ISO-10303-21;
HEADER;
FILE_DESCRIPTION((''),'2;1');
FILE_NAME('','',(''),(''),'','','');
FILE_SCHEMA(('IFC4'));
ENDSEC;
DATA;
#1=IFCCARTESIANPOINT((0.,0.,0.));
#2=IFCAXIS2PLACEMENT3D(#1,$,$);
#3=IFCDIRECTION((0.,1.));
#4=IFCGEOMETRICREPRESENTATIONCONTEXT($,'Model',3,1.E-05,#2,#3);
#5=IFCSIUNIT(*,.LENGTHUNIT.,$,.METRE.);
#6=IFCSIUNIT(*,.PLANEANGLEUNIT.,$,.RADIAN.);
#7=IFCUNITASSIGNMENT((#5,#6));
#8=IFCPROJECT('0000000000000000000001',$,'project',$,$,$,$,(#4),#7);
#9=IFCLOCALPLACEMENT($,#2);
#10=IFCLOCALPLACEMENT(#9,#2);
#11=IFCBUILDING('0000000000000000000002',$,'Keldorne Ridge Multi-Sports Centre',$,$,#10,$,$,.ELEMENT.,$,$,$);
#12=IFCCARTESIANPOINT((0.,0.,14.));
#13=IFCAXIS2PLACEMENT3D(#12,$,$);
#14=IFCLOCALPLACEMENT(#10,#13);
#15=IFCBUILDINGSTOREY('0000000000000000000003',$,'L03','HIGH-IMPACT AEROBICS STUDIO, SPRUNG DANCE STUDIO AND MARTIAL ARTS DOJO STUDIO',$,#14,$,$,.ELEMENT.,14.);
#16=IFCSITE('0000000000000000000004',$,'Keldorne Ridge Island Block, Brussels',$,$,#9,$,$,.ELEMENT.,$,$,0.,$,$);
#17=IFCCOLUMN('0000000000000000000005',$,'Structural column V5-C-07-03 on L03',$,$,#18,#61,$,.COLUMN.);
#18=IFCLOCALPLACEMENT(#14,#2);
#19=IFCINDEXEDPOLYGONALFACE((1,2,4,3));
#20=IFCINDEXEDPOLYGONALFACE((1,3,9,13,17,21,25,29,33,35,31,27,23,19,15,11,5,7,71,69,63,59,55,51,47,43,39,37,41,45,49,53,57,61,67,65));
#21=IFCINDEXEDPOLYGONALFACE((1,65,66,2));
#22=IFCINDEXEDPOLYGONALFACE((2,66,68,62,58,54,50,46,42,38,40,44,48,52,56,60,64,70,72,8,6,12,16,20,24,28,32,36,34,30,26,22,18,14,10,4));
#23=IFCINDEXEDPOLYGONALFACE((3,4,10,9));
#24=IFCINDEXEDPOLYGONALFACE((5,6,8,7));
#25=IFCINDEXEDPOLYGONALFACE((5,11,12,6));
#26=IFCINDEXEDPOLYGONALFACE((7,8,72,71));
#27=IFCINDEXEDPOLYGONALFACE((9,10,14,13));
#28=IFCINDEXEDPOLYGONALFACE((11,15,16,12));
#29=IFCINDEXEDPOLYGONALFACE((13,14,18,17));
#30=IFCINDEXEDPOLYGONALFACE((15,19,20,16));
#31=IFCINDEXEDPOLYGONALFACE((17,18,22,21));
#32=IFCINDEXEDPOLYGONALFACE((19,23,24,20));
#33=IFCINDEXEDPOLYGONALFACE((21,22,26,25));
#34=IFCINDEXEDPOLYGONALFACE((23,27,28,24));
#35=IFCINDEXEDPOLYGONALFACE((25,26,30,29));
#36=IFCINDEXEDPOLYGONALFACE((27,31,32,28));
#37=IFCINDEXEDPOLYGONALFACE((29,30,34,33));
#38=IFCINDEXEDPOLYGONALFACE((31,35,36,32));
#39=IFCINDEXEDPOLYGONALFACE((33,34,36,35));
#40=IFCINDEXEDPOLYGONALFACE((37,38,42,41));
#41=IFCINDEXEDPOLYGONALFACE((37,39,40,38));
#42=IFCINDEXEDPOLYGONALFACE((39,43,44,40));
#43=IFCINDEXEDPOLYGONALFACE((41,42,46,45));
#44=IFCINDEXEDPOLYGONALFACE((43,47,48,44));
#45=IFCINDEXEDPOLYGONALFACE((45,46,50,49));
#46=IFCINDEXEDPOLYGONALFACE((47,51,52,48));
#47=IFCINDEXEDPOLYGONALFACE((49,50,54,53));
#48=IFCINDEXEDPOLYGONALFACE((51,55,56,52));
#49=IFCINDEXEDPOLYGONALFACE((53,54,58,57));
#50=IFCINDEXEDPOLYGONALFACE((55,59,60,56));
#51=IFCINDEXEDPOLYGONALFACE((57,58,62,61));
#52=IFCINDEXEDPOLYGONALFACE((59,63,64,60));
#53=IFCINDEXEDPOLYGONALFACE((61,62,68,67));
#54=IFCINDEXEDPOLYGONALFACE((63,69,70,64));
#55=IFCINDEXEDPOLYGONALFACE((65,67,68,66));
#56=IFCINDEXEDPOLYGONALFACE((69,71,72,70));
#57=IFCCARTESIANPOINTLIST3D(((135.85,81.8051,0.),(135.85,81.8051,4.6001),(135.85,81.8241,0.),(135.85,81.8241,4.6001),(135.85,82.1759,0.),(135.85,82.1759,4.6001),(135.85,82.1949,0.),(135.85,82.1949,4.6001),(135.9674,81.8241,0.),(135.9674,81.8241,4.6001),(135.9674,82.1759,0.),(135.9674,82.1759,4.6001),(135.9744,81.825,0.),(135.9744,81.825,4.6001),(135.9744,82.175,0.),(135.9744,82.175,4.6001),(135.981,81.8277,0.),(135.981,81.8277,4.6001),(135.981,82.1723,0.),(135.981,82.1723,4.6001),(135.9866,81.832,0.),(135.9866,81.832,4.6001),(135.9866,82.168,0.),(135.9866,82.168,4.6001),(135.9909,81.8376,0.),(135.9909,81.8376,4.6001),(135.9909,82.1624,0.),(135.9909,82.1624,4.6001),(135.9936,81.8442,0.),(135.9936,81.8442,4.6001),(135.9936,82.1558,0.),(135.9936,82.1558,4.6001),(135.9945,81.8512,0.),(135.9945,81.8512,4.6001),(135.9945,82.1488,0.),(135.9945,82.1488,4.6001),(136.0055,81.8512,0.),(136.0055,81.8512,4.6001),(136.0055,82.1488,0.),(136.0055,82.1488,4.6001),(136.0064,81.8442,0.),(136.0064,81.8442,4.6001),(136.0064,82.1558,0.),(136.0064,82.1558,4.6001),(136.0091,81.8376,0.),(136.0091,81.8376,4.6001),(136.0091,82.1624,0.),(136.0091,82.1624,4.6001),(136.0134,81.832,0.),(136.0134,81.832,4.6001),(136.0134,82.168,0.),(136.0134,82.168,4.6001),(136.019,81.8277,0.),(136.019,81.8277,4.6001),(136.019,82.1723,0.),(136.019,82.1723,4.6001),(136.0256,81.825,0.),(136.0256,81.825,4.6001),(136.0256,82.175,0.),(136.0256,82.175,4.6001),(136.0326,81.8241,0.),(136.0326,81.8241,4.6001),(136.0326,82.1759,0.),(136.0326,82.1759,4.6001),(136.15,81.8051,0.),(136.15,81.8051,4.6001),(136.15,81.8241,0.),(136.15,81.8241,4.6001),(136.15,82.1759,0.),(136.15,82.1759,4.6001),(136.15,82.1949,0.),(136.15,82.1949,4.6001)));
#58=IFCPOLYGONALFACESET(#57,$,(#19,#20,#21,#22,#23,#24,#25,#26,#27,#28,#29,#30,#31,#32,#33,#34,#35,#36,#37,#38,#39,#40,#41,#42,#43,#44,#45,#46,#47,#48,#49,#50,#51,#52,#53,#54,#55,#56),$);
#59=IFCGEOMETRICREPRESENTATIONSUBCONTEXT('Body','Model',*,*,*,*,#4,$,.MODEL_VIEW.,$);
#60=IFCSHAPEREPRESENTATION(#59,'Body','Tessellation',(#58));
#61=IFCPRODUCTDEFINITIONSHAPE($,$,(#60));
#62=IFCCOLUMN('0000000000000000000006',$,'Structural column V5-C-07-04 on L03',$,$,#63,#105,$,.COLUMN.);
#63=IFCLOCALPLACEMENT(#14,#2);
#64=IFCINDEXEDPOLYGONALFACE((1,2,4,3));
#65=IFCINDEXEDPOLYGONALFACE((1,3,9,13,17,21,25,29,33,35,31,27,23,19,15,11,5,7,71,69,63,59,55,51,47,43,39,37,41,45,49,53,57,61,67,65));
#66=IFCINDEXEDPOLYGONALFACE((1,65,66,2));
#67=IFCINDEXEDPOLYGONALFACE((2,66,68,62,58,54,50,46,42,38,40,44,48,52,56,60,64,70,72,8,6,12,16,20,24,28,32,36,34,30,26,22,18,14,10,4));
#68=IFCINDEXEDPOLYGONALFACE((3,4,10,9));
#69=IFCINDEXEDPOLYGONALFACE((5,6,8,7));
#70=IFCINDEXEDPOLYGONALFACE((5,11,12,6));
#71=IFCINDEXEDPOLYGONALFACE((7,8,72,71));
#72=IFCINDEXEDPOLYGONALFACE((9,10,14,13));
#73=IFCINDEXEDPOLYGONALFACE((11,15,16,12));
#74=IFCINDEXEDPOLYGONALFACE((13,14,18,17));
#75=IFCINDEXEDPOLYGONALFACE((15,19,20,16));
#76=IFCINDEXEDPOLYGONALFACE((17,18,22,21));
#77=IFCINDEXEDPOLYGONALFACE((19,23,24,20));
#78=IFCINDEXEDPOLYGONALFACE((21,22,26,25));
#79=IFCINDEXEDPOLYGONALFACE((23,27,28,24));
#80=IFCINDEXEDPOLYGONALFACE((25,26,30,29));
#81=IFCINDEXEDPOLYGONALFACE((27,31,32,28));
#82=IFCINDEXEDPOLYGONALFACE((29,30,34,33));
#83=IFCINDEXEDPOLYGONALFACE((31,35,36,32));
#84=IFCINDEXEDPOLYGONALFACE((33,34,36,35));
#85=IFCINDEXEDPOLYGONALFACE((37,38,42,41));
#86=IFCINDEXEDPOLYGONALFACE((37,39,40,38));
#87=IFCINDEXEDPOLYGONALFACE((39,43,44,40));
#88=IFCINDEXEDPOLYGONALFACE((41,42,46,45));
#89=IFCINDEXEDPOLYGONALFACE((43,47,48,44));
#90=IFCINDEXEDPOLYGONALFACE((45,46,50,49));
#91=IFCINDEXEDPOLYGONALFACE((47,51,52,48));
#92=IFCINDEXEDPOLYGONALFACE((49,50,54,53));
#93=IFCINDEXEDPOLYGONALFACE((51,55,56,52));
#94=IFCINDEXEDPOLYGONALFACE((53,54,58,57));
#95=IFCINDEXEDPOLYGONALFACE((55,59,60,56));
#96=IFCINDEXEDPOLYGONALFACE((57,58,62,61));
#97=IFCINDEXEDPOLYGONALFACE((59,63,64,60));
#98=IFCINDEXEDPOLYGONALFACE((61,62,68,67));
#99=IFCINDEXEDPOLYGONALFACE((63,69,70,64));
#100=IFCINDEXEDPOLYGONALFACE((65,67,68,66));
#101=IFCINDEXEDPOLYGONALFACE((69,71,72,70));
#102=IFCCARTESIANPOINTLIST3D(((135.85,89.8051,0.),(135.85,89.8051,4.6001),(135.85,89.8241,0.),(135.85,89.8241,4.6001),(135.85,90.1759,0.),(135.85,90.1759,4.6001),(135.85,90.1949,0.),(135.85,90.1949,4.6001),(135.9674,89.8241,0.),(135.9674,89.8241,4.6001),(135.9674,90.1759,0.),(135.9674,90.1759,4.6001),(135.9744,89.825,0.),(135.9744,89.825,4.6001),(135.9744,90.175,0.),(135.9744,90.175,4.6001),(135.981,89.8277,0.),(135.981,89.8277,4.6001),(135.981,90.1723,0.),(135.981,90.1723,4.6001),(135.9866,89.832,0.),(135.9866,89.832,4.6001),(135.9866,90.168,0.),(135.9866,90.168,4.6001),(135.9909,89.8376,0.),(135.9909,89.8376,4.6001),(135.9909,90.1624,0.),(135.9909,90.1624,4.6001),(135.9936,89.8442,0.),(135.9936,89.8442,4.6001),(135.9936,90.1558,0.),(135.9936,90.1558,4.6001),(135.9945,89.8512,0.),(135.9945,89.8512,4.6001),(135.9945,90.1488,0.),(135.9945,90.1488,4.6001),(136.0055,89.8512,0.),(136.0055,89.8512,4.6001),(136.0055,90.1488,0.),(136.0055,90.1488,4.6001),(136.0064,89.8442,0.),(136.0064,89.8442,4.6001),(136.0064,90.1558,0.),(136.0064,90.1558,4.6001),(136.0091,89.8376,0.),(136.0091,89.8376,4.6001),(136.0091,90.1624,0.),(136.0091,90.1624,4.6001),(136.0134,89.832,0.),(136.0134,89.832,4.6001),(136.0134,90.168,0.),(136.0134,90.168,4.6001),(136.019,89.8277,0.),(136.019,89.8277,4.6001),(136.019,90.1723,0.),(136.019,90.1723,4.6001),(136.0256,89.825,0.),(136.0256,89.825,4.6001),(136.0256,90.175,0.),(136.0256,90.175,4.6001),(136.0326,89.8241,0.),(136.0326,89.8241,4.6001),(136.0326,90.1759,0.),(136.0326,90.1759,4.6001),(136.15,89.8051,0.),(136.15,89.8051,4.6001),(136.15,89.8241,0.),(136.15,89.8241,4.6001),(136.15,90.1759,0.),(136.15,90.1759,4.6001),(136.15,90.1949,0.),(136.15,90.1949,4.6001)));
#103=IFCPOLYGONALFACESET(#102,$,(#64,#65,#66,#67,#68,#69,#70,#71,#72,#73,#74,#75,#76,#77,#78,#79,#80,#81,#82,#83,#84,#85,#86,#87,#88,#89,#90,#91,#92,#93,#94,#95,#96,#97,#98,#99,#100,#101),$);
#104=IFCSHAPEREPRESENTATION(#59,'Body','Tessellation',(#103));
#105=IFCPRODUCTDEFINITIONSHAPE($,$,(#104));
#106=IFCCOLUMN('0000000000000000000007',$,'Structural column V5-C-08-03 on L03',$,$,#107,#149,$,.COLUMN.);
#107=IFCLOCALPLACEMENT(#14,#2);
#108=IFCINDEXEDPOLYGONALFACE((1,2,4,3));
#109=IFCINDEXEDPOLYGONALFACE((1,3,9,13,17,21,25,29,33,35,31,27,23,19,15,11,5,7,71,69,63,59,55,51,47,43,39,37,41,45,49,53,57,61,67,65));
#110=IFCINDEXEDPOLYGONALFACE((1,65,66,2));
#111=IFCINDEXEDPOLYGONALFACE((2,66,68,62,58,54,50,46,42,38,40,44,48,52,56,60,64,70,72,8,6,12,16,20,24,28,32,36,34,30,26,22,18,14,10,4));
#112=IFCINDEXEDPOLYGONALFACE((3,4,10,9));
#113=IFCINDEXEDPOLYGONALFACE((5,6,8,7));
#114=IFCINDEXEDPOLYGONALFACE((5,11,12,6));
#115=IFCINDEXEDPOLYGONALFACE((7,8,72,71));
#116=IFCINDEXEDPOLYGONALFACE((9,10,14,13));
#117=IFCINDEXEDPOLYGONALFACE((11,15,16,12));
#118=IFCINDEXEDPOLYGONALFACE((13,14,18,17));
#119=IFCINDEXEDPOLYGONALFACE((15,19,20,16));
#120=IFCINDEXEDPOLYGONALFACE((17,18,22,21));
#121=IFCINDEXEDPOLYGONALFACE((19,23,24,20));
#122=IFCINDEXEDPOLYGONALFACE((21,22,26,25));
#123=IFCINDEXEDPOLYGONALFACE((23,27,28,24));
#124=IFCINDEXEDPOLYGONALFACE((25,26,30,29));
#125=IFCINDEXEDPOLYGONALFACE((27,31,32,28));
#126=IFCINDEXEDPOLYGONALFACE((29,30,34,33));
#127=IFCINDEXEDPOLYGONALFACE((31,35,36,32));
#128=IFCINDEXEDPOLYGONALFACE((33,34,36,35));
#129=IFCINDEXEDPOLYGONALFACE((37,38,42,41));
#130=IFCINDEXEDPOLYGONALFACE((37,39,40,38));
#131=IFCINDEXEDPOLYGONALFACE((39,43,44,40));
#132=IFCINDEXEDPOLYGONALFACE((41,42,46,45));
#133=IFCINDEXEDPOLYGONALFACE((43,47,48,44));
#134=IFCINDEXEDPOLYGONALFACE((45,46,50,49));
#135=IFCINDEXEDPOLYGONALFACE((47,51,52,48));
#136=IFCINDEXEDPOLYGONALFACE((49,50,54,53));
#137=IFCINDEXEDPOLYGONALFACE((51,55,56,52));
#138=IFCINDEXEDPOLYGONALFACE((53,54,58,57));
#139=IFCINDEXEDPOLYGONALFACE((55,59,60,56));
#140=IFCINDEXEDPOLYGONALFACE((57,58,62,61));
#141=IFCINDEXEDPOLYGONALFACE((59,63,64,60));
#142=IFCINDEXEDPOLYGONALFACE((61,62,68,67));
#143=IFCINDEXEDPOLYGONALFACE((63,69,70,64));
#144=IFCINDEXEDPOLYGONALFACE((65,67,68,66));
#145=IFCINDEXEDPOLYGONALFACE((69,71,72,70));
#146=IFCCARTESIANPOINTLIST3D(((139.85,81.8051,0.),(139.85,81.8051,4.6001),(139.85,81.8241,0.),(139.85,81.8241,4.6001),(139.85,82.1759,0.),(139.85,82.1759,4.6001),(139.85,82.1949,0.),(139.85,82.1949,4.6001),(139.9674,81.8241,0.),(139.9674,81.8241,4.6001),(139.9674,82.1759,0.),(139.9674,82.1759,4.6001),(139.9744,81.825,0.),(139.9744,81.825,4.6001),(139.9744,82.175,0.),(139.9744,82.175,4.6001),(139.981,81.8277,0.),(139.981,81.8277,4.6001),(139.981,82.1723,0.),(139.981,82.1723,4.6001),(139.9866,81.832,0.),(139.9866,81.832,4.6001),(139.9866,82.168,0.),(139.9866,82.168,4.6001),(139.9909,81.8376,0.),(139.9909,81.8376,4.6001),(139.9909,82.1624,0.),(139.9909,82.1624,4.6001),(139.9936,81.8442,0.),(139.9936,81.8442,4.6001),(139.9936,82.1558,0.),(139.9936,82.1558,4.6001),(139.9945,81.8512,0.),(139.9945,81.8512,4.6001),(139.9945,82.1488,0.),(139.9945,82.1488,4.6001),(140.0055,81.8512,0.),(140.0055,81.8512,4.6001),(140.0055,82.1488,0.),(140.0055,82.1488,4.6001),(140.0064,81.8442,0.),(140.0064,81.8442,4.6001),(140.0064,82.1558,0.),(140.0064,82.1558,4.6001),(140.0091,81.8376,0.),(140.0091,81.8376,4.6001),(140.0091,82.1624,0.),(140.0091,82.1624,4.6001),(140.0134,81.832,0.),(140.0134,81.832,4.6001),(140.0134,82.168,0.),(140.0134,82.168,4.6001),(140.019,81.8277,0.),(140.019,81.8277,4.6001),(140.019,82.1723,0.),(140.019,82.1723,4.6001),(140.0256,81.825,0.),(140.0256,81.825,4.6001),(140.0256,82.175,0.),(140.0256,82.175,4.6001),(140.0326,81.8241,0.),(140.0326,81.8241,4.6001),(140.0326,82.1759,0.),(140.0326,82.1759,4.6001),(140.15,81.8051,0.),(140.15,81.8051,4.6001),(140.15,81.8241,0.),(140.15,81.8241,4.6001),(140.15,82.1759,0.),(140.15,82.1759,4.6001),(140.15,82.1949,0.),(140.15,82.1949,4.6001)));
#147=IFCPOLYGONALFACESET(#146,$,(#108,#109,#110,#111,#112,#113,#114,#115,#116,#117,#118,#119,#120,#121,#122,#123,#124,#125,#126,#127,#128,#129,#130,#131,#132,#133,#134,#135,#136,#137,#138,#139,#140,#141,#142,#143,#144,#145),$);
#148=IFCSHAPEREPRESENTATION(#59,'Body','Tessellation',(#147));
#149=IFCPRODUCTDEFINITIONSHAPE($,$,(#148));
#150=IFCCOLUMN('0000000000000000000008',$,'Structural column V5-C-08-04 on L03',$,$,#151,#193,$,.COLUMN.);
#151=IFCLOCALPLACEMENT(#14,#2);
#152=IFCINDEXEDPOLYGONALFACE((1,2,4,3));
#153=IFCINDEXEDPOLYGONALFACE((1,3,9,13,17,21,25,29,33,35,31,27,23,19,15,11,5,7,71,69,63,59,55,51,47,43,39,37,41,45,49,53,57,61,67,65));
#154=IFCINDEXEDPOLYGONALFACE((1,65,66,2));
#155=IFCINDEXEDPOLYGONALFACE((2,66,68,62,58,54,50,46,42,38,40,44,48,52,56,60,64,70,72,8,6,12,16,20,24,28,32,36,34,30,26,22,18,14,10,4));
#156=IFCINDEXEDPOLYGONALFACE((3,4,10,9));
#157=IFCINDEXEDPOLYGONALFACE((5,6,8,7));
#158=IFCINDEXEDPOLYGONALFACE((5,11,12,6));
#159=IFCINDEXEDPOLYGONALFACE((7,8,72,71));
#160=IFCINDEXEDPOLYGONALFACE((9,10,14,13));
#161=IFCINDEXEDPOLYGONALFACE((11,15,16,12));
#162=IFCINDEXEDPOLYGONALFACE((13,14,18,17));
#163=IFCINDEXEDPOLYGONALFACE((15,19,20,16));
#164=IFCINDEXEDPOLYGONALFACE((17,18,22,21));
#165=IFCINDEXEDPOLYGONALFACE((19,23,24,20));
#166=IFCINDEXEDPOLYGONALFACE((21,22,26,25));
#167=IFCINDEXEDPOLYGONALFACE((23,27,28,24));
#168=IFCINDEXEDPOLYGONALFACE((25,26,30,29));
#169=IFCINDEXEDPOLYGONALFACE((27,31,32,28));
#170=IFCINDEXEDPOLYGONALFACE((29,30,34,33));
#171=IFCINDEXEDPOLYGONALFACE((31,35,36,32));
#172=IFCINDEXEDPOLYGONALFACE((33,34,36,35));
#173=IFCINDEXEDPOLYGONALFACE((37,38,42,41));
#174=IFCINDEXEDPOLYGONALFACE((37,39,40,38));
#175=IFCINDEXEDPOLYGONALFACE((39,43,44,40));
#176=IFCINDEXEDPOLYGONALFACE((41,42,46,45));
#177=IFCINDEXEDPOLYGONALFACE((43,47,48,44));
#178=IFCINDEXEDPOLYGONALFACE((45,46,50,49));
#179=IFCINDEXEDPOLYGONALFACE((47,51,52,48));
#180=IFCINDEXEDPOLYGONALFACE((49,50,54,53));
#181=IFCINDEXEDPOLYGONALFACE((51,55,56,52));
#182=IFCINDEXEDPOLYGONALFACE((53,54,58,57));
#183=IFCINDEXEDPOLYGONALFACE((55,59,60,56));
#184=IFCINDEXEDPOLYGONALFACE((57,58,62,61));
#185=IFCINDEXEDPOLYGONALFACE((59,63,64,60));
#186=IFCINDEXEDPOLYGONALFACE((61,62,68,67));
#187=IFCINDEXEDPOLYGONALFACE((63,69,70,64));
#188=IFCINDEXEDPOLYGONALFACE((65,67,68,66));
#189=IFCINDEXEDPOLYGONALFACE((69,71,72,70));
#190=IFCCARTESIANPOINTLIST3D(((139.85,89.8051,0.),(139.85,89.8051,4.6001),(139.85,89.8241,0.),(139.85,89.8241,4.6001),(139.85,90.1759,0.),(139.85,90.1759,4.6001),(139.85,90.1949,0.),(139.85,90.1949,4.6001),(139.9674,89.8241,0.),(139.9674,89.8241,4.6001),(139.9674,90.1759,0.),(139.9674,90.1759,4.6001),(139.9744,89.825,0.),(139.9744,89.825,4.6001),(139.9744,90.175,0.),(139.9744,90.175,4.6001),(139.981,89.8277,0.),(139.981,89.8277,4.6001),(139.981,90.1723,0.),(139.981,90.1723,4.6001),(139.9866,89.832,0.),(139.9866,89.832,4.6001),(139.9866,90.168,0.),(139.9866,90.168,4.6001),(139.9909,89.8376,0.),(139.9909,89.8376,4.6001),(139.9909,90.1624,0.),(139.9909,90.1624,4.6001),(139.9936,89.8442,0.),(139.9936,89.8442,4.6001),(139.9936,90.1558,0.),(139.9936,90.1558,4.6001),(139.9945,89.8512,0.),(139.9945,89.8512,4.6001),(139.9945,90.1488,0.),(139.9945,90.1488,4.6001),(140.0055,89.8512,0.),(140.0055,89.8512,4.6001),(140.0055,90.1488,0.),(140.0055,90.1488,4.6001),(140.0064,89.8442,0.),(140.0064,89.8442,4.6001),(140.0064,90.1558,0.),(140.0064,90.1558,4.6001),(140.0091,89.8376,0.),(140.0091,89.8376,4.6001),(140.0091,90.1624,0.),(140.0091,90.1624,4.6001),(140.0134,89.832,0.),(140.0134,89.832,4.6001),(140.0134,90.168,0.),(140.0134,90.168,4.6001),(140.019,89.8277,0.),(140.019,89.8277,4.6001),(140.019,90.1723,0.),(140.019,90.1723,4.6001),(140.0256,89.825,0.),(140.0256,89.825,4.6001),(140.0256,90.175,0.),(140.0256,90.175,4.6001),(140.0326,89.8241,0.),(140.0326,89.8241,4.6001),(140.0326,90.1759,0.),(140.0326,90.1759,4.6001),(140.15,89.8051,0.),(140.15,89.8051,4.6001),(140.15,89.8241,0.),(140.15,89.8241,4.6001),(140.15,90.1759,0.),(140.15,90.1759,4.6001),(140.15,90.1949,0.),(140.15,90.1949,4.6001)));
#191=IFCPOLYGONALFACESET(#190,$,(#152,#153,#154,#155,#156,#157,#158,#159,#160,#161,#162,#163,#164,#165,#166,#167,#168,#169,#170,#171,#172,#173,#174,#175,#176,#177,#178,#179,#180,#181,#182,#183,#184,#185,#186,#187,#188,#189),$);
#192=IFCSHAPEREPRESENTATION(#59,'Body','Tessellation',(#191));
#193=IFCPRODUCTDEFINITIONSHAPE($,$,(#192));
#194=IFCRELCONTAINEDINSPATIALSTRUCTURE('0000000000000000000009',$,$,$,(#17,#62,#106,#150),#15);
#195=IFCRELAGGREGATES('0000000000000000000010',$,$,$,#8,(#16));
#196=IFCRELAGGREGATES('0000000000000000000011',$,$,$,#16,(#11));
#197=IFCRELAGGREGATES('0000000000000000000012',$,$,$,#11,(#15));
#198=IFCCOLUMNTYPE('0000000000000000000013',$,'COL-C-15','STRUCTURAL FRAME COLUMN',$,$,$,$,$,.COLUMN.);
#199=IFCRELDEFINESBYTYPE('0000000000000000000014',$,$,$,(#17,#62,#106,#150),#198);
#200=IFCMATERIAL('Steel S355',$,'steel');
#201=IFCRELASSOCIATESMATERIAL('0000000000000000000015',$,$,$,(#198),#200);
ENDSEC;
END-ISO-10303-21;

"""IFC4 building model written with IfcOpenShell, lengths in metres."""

from ifc_helpers import new_model, si_unit, direction, frame, origin, origin_2d, place, context, subcontext, project, spatial, i_section, extrude, material, material_profile, profile_set, type_object, element, save


model = new_model("IFC4")

# Units and contexts
model_context = context("Model", 3, precision=1e-05, world=origin(), true_north=direction((0.0, 1.0)))
body_context = subcontext(model_context, "Body", "Model", "MODEL_VIEW")
ifc_project = project(units=[si_unit("LENGTHUNIT", "METRE"), si_unit("PLANEANGLEUNIT", "RADIAN")], contexts=[model_context])

# Site, building, storey
site_placement = place(None, origin())
site = spatial("IfcSite", under=ifc_project, at=site_placement, Name="Keldorne Ridge Island Block, Brussels", CompositionType="ELEMENT", RefElevation=0.0)
building_placement = place(site_placement, origin())
building = spatial("IfcBuilding", under=site, at=building_placement, Name="Keldorne Ridge Multi-Sports Centre", CompositionType="ELEMENT")
storey_placement = place(building_placement, frame((0.0, 0.0, 14.0)))
storey = spatial("IfcBuildingStorey", under=building, at=storey_placement, Name="L03", Description="HIGH-IMPACT AEROBICS STUDIO, SPRUNG DANCE STUDIO AND MARTIAL ARTS DOJO STUDIO", CompositionType="ELEMENT", Elevation=14.0)

# Columns
ifc_material_1 = material(Name="Steel S355", Category="steel")
ifc_material_profile_1 = material_profile(ifc_material_1, i_section(OverallWidth=0.3, OverallDepth=0.3899, WebThickness=0.011, FlangeThickness=0.019, FilletRadius=0.0271, at=origin_2d()), Name="HEA 400")
ifc_profile_set_1 = profile_set([ifc_material_profile_1], Name="Steel S355")
column_type = type_object("IfcColumnType", Name="COL-C-15", Description="STRUCTURAL FRAME COLUMN", PredefinedType="COLUMN", material=ifc_profile_set_1)
for number, where, z_axis, x_axis, name in (
    (1, (136.0, 82.0, 0.0), (0.0, 0.0, 1.0), (1.0, 0.0, 0.0), "Structural column V5-C-07-03 on L03"),
    (2, (136.0, 90.0, 0.0), (0.0, 0.0, 1.0), (1.0, 0.0, 0.0), "Structural column V5-C-07-04 on L03"),
    (3, (140.0, 82.0, 0.0), (0.0, 0.0, 1.0), (1.0, 0.0, 0.0), "Structural column V5-C-08-03 on L03"),
    (4, (140.0, 90.0, 0.0), (0.0, 0.0, 1.0), (1.0, 0.0, 0.0), "Structural column V5-C-08-04 on L03"),
):
    element("IfcColumn", number, at=place(storey_placement, frame(where, z_axis=z_axis, x_axis=x_axis)), inside=storey, type_object=column_type, Name=name, PredefinedType="COLUMN", context=body_context, shape_type="SweptSolid", body=[
        extrude(i_section(OverallWidth=0.3, OverallDepth=0.3899, WebThickness=0.011, FlangeThickness=0.019, FilletRadius=0.0271, at=origin_2d()), origin(), (0.0, 0.0, 1.0), 4.6001),
    ])

save(model, "model.ifc")
